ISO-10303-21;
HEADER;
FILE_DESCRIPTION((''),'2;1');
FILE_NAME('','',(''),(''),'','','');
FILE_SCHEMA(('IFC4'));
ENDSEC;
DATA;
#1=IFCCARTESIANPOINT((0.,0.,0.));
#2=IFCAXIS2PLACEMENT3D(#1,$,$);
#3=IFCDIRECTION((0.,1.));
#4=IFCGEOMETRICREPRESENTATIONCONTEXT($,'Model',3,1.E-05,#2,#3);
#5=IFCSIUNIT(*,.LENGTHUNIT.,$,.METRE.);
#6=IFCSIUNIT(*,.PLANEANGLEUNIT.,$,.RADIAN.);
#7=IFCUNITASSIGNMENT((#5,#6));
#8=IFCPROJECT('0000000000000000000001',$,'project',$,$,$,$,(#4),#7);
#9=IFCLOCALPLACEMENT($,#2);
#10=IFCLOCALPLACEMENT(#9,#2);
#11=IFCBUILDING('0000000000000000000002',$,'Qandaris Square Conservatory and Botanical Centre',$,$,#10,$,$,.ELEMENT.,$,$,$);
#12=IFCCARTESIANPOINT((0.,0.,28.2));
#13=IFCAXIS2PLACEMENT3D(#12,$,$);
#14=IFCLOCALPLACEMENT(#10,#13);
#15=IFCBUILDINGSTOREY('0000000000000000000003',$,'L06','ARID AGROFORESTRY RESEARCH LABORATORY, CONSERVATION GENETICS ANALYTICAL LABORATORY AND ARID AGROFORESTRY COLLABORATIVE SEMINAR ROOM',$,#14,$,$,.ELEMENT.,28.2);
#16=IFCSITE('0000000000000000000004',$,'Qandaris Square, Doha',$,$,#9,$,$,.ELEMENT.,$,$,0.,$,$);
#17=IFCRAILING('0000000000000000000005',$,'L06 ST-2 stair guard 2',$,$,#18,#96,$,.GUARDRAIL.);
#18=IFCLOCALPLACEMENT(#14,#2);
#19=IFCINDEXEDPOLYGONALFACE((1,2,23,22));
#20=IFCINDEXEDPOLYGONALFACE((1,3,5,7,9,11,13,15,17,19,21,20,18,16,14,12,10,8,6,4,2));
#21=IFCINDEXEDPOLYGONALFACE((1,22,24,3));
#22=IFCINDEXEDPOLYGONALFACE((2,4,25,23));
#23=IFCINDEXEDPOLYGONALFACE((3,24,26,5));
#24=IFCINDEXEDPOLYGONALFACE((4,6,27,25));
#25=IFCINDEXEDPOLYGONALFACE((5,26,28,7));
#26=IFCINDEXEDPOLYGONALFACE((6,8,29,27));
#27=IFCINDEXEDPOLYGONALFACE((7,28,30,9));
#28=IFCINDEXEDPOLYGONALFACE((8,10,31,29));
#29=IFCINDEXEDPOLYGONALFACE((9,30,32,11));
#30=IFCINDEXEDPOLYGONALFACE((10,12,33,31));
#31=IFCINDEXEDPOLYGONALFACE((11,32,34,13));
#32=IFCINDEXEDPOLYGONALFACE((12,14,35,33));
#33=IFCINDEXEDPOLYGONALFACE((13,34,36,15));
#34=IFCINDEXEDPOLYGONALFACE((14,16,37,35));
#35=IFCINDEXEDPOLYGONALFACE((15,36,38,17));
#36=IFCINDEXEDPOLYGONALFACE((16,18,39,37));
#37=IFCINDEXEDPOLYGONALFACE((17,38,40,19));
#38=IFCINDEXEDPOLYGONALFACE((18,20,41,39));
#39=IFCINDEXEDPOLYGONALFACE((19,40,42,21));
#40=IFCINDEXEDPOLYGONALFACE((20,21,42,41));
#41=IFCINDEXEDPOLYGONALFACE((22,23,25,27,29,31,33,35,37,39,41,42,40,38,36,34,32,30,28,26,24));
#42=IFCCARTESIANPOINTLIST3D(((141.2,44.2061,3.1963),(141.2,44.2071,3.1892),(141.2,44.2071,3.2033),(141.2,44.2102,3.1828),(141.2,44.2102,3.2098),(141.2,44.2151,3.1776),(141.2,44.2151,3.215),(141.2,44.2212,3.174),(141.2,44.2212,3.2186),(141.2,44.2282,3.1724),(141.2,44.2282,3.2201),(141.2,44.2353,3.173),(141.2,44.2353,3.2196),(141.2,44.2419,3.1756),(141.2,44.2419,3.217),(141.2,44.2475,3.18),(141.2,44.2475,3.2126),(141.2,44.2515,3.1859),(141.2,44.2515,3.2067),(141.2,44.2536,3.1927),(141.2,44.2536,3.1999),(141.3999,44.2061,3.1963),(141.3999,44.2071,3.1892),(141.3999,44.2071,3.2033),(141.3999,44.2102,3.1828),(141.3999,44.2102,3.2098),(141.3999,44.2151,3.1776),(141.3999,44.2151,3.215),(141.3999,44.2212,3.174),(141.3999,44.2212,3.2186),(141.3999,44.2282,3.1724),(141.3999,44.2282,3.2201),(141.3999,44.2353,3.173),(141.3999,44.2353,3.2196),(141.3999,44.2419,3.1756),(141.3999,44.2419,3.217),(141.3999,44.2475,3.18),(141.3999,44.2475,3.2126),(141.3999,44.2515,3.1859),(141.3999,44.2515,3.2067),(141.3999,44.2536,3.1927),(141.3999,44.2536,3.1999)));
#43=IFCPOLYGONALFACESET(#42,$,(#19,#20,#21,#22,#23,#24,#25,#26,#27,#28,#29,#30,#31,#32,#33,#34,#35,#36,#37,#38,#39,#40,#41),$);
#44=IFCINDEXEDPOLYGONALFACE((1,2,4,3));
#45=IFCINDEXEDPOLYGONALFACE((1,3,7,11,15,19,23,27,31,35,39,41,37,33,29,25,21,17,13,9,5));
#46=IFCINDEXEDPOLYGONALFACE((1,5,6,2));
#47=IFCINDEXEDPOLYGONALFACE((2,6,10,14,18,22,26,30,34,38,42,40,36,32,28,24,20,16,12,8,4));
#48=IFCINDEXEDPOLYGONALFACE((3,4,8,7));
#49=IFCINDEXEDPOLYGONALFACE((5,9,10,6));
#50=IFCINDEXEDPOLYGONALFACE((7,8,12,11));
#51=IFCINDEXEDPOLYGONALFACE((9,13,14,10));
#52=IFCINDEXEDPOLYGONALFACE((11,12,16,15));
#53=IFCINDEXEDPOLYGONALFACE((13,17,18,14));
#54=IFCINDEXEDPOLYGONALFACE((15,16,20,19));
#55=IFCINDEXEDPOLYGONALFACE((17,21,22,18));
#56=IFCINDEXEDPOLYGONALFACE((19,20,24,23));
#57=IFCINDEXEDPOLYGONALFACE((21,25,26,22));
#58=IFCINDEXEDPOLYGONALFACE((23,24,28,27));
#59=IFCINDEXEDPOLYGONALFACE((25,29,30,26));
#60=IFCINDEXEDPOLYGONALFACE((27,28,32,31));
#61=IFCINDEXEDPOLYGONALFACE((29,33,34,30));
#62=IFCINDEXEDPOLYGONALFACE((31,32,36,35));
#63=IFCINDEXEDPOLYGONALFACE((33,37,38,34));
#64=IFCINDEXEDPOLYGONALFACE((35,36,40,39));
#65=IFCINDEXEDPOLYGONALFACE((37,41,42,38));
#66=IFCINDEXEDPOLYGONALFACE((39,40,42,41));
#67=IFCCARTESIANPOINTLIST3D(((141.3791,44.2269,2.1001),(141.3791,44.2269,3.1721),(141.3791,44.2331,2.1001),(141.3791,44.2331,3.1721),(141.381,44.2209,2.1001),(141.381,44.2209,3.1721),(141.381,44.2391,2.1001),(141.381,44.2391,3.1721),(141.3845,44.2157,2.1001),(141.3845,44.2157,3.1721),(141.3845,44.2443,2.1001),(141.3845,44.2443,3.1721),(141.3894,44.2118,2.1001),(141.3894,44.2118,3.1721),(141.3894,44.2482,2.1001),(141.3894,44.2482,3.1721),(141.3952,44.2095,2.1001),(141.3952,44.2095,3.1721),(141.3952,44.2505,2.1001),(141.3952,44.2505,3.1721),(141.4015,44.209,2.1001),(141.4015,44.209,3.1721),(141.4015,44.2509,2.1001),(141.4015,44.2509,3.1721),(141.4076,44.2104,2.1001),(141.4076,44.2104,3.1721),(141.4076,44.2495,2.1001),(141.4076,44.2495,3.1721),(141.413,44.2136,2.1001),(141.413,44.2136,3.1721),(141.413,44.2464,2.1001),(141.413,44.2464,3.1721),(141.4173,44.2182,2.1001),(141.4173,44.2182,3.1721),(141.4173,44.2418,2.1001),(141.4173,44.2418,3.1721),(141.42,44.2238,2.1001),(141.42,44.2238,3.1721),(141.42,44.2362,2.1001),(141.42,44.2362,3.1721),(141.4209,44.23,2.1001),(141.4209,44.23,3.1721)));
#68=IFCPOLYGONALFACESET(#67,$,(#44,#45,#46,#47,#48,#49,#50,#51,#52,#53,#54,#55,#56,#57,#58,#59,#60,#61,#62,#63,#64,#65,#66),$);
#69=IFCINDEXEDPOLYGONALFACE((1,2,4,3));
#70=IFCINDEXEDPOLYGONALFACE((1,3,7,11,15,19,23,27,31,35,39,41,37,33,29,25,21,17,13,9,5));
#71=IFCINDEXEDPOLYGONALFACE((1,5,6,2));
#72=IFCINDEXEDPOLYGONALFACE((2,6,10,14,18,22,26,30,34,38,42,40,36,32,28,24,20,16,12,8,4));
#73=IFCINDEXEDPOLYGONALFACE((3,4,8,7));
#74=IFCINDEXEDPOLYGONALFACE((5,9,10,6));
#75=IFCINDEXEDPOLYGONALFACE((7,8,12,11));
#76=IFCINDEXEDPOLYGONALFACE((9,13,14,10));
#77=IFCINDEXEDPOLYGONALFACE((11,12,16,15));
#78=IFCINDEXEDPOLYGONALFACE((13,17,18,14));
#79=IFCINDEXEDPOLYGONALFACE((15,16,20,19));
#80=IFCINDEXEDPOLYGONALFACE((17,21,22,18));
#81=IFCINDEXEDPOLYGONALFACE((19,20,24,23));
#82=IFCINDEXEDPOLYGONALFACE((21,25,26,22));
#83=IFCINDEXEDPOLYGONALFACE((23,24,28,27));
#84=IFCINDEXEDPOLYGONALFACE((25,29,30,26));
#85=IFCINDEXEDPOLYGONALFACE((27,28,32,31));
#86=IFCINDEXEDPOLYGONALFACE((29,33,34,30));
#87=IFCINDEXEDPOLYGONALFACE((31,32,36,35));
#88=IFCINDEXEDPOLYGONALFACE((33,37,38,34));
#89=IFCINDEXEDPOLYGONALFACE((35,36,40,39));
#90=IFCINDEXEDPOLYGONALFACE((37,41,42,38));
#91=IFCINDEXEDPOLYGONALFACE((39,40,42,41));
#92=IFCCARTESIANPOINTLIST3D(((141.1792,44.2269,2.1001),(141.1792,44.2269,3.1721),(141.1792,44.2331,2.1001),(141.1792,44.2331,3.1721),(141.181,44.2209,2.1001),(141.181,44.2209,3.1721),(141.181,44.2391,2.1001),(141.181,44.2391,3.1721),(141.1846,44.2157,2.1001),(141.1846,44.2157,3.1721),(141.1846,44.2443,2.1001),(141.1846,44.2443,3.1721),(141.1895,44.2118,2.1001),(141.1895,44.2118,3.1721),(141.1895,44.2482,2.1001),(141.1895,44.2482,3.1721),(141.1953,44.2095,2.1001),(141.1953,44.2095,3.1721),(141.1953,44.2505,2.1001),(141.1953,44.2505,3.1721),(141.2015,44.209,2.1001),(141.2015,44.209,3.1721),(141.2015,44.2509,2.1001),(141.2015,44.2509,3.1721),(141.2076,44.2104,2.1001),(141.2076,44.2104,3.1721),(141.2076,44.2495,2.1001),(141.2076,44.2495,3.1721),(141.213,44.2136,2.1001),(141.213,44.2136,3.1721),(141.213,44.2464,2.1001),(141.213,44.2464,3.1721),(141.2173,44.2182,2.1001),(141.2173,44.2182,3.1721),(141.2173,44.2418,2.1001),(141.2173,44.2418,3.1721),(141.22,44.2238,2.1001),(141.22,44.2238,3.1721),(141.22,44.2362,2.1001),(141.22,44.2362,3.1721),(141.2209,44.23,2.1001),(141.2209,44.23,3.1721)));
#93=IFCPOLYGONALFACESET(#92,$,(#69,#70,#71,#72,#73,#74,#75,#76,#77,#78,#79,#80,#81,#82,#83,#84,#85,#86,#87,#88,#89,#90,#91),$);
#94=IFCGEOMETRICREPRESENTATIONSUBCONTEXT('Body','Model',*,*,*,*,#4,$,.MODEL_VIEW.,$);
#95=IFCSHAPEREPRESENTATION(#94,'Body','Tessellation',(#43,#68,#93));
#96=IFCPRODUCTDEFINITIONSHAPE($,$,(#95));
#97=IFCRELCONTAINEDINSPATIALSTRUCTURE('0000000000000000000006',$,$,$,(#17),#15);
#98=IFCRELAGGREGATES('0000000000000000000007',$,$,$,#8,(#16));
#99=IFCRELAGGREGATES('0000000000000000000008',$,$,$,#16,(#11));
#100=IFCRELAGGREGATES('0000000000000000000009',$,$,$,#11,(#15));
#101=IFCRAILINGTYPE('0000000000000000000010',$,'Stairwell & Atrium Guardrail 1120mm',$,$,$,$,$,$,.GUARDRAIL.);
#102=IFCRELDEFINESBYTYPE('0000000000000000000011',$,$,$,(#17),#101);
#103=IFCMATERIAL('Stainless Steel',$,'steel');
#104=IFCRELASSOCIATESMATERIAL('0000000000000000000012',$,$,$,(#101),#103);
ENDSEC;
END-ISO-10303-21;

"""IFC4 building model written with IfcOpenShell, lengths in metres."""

from ifc_helpers import new_model, si_unit, direction, frame, origin, origin_2d, place, context, subcontext, project, spatial, circle, extrude, material, type_object, element, save


model = new_model("IFC4")

# Units and contexts
model_context = context("Model", 3, precision=1e-05, world=origin(), true_north=direction((0.0, 1.0)))
body_context = subcontext(model_context, "Body", "Model", "MODEL_VIEW")
ifc_project = project(units=[si_unit("LENGTHUNIT", "METRE"), si_unit("PLANEANGLEUNIT", "RADIAN")], contexts=[model_context])

# Site, building, storey
site_placement = place(None, origin())
site = spatial("IfcSite", under=ifc_project, at=site_placement, Name="Qandaris Square, Doha", CompositionType="ELEMENT", RefElevation=0.0)
building_placement = place(site_placement, origin())
building = spatial("IfcBuilding", under=site, at=building_placement, Name="Qandaris Square Conservatory and Botanical Centre", CompositionType="ELEMENT")
storey_placement = place(building_placement, frame((0.0, 0.0, 28.2)))
storey = spatial("IfcBuildingStorey", under=building, at=storey_placement, Name="L06", Description="ARID AGROFORESTRY RESEARCH LABORATORY, CONSERVATION GENETICS ANALYTICAL LABORATORY AND ARID AGROFORESTRY COLLABORATIVE SEMINAR ROOM", CompositionType="ELEMENT", Elevation=28.2)

# Railing
ifc_material_1 = material(Name="Stainless Steel", Category="steel")
railing_type_1 = type_object("IfcRailingType", Name="Stairwell & Atrium Guardrail 1120mm", PredefinedType="GUARDRAIL", material=ifc_material_1)
railing_1_placement = place(storey_placement, frame((141.3999, 44.23, 2.1001)))
element("IfcRailing", 1, at=railing_1_placement, inside=storey, type_object=railing_type_1, Name="L06 ST-2 stair guard 2", PredefinedType="GUARDRAIL", context=body_context, shape_type="SweptSolid", body=[
    extrude(circle(Radius=0.0239, at=origin_2d()), frame((0.0, 0.0, 1.0962), z_axis=(-1.0, 0.0, 0.0), x_axis=(0.0, -1.0, 0.0)), (0.0, 0.0, 1.0), 0.2),
    extrude(circle(Radius=0.021, at=origin_2d()), origin(), (0.0, 0.0, 1.0), 1.072),
    extrude(circle(Radius=0.021, at=origin_2d()), frame((-0.2, 0.0, 0.0)), (0.0, 0.0, 1.0), 1.072),
])

save(model, "model.ifc")
